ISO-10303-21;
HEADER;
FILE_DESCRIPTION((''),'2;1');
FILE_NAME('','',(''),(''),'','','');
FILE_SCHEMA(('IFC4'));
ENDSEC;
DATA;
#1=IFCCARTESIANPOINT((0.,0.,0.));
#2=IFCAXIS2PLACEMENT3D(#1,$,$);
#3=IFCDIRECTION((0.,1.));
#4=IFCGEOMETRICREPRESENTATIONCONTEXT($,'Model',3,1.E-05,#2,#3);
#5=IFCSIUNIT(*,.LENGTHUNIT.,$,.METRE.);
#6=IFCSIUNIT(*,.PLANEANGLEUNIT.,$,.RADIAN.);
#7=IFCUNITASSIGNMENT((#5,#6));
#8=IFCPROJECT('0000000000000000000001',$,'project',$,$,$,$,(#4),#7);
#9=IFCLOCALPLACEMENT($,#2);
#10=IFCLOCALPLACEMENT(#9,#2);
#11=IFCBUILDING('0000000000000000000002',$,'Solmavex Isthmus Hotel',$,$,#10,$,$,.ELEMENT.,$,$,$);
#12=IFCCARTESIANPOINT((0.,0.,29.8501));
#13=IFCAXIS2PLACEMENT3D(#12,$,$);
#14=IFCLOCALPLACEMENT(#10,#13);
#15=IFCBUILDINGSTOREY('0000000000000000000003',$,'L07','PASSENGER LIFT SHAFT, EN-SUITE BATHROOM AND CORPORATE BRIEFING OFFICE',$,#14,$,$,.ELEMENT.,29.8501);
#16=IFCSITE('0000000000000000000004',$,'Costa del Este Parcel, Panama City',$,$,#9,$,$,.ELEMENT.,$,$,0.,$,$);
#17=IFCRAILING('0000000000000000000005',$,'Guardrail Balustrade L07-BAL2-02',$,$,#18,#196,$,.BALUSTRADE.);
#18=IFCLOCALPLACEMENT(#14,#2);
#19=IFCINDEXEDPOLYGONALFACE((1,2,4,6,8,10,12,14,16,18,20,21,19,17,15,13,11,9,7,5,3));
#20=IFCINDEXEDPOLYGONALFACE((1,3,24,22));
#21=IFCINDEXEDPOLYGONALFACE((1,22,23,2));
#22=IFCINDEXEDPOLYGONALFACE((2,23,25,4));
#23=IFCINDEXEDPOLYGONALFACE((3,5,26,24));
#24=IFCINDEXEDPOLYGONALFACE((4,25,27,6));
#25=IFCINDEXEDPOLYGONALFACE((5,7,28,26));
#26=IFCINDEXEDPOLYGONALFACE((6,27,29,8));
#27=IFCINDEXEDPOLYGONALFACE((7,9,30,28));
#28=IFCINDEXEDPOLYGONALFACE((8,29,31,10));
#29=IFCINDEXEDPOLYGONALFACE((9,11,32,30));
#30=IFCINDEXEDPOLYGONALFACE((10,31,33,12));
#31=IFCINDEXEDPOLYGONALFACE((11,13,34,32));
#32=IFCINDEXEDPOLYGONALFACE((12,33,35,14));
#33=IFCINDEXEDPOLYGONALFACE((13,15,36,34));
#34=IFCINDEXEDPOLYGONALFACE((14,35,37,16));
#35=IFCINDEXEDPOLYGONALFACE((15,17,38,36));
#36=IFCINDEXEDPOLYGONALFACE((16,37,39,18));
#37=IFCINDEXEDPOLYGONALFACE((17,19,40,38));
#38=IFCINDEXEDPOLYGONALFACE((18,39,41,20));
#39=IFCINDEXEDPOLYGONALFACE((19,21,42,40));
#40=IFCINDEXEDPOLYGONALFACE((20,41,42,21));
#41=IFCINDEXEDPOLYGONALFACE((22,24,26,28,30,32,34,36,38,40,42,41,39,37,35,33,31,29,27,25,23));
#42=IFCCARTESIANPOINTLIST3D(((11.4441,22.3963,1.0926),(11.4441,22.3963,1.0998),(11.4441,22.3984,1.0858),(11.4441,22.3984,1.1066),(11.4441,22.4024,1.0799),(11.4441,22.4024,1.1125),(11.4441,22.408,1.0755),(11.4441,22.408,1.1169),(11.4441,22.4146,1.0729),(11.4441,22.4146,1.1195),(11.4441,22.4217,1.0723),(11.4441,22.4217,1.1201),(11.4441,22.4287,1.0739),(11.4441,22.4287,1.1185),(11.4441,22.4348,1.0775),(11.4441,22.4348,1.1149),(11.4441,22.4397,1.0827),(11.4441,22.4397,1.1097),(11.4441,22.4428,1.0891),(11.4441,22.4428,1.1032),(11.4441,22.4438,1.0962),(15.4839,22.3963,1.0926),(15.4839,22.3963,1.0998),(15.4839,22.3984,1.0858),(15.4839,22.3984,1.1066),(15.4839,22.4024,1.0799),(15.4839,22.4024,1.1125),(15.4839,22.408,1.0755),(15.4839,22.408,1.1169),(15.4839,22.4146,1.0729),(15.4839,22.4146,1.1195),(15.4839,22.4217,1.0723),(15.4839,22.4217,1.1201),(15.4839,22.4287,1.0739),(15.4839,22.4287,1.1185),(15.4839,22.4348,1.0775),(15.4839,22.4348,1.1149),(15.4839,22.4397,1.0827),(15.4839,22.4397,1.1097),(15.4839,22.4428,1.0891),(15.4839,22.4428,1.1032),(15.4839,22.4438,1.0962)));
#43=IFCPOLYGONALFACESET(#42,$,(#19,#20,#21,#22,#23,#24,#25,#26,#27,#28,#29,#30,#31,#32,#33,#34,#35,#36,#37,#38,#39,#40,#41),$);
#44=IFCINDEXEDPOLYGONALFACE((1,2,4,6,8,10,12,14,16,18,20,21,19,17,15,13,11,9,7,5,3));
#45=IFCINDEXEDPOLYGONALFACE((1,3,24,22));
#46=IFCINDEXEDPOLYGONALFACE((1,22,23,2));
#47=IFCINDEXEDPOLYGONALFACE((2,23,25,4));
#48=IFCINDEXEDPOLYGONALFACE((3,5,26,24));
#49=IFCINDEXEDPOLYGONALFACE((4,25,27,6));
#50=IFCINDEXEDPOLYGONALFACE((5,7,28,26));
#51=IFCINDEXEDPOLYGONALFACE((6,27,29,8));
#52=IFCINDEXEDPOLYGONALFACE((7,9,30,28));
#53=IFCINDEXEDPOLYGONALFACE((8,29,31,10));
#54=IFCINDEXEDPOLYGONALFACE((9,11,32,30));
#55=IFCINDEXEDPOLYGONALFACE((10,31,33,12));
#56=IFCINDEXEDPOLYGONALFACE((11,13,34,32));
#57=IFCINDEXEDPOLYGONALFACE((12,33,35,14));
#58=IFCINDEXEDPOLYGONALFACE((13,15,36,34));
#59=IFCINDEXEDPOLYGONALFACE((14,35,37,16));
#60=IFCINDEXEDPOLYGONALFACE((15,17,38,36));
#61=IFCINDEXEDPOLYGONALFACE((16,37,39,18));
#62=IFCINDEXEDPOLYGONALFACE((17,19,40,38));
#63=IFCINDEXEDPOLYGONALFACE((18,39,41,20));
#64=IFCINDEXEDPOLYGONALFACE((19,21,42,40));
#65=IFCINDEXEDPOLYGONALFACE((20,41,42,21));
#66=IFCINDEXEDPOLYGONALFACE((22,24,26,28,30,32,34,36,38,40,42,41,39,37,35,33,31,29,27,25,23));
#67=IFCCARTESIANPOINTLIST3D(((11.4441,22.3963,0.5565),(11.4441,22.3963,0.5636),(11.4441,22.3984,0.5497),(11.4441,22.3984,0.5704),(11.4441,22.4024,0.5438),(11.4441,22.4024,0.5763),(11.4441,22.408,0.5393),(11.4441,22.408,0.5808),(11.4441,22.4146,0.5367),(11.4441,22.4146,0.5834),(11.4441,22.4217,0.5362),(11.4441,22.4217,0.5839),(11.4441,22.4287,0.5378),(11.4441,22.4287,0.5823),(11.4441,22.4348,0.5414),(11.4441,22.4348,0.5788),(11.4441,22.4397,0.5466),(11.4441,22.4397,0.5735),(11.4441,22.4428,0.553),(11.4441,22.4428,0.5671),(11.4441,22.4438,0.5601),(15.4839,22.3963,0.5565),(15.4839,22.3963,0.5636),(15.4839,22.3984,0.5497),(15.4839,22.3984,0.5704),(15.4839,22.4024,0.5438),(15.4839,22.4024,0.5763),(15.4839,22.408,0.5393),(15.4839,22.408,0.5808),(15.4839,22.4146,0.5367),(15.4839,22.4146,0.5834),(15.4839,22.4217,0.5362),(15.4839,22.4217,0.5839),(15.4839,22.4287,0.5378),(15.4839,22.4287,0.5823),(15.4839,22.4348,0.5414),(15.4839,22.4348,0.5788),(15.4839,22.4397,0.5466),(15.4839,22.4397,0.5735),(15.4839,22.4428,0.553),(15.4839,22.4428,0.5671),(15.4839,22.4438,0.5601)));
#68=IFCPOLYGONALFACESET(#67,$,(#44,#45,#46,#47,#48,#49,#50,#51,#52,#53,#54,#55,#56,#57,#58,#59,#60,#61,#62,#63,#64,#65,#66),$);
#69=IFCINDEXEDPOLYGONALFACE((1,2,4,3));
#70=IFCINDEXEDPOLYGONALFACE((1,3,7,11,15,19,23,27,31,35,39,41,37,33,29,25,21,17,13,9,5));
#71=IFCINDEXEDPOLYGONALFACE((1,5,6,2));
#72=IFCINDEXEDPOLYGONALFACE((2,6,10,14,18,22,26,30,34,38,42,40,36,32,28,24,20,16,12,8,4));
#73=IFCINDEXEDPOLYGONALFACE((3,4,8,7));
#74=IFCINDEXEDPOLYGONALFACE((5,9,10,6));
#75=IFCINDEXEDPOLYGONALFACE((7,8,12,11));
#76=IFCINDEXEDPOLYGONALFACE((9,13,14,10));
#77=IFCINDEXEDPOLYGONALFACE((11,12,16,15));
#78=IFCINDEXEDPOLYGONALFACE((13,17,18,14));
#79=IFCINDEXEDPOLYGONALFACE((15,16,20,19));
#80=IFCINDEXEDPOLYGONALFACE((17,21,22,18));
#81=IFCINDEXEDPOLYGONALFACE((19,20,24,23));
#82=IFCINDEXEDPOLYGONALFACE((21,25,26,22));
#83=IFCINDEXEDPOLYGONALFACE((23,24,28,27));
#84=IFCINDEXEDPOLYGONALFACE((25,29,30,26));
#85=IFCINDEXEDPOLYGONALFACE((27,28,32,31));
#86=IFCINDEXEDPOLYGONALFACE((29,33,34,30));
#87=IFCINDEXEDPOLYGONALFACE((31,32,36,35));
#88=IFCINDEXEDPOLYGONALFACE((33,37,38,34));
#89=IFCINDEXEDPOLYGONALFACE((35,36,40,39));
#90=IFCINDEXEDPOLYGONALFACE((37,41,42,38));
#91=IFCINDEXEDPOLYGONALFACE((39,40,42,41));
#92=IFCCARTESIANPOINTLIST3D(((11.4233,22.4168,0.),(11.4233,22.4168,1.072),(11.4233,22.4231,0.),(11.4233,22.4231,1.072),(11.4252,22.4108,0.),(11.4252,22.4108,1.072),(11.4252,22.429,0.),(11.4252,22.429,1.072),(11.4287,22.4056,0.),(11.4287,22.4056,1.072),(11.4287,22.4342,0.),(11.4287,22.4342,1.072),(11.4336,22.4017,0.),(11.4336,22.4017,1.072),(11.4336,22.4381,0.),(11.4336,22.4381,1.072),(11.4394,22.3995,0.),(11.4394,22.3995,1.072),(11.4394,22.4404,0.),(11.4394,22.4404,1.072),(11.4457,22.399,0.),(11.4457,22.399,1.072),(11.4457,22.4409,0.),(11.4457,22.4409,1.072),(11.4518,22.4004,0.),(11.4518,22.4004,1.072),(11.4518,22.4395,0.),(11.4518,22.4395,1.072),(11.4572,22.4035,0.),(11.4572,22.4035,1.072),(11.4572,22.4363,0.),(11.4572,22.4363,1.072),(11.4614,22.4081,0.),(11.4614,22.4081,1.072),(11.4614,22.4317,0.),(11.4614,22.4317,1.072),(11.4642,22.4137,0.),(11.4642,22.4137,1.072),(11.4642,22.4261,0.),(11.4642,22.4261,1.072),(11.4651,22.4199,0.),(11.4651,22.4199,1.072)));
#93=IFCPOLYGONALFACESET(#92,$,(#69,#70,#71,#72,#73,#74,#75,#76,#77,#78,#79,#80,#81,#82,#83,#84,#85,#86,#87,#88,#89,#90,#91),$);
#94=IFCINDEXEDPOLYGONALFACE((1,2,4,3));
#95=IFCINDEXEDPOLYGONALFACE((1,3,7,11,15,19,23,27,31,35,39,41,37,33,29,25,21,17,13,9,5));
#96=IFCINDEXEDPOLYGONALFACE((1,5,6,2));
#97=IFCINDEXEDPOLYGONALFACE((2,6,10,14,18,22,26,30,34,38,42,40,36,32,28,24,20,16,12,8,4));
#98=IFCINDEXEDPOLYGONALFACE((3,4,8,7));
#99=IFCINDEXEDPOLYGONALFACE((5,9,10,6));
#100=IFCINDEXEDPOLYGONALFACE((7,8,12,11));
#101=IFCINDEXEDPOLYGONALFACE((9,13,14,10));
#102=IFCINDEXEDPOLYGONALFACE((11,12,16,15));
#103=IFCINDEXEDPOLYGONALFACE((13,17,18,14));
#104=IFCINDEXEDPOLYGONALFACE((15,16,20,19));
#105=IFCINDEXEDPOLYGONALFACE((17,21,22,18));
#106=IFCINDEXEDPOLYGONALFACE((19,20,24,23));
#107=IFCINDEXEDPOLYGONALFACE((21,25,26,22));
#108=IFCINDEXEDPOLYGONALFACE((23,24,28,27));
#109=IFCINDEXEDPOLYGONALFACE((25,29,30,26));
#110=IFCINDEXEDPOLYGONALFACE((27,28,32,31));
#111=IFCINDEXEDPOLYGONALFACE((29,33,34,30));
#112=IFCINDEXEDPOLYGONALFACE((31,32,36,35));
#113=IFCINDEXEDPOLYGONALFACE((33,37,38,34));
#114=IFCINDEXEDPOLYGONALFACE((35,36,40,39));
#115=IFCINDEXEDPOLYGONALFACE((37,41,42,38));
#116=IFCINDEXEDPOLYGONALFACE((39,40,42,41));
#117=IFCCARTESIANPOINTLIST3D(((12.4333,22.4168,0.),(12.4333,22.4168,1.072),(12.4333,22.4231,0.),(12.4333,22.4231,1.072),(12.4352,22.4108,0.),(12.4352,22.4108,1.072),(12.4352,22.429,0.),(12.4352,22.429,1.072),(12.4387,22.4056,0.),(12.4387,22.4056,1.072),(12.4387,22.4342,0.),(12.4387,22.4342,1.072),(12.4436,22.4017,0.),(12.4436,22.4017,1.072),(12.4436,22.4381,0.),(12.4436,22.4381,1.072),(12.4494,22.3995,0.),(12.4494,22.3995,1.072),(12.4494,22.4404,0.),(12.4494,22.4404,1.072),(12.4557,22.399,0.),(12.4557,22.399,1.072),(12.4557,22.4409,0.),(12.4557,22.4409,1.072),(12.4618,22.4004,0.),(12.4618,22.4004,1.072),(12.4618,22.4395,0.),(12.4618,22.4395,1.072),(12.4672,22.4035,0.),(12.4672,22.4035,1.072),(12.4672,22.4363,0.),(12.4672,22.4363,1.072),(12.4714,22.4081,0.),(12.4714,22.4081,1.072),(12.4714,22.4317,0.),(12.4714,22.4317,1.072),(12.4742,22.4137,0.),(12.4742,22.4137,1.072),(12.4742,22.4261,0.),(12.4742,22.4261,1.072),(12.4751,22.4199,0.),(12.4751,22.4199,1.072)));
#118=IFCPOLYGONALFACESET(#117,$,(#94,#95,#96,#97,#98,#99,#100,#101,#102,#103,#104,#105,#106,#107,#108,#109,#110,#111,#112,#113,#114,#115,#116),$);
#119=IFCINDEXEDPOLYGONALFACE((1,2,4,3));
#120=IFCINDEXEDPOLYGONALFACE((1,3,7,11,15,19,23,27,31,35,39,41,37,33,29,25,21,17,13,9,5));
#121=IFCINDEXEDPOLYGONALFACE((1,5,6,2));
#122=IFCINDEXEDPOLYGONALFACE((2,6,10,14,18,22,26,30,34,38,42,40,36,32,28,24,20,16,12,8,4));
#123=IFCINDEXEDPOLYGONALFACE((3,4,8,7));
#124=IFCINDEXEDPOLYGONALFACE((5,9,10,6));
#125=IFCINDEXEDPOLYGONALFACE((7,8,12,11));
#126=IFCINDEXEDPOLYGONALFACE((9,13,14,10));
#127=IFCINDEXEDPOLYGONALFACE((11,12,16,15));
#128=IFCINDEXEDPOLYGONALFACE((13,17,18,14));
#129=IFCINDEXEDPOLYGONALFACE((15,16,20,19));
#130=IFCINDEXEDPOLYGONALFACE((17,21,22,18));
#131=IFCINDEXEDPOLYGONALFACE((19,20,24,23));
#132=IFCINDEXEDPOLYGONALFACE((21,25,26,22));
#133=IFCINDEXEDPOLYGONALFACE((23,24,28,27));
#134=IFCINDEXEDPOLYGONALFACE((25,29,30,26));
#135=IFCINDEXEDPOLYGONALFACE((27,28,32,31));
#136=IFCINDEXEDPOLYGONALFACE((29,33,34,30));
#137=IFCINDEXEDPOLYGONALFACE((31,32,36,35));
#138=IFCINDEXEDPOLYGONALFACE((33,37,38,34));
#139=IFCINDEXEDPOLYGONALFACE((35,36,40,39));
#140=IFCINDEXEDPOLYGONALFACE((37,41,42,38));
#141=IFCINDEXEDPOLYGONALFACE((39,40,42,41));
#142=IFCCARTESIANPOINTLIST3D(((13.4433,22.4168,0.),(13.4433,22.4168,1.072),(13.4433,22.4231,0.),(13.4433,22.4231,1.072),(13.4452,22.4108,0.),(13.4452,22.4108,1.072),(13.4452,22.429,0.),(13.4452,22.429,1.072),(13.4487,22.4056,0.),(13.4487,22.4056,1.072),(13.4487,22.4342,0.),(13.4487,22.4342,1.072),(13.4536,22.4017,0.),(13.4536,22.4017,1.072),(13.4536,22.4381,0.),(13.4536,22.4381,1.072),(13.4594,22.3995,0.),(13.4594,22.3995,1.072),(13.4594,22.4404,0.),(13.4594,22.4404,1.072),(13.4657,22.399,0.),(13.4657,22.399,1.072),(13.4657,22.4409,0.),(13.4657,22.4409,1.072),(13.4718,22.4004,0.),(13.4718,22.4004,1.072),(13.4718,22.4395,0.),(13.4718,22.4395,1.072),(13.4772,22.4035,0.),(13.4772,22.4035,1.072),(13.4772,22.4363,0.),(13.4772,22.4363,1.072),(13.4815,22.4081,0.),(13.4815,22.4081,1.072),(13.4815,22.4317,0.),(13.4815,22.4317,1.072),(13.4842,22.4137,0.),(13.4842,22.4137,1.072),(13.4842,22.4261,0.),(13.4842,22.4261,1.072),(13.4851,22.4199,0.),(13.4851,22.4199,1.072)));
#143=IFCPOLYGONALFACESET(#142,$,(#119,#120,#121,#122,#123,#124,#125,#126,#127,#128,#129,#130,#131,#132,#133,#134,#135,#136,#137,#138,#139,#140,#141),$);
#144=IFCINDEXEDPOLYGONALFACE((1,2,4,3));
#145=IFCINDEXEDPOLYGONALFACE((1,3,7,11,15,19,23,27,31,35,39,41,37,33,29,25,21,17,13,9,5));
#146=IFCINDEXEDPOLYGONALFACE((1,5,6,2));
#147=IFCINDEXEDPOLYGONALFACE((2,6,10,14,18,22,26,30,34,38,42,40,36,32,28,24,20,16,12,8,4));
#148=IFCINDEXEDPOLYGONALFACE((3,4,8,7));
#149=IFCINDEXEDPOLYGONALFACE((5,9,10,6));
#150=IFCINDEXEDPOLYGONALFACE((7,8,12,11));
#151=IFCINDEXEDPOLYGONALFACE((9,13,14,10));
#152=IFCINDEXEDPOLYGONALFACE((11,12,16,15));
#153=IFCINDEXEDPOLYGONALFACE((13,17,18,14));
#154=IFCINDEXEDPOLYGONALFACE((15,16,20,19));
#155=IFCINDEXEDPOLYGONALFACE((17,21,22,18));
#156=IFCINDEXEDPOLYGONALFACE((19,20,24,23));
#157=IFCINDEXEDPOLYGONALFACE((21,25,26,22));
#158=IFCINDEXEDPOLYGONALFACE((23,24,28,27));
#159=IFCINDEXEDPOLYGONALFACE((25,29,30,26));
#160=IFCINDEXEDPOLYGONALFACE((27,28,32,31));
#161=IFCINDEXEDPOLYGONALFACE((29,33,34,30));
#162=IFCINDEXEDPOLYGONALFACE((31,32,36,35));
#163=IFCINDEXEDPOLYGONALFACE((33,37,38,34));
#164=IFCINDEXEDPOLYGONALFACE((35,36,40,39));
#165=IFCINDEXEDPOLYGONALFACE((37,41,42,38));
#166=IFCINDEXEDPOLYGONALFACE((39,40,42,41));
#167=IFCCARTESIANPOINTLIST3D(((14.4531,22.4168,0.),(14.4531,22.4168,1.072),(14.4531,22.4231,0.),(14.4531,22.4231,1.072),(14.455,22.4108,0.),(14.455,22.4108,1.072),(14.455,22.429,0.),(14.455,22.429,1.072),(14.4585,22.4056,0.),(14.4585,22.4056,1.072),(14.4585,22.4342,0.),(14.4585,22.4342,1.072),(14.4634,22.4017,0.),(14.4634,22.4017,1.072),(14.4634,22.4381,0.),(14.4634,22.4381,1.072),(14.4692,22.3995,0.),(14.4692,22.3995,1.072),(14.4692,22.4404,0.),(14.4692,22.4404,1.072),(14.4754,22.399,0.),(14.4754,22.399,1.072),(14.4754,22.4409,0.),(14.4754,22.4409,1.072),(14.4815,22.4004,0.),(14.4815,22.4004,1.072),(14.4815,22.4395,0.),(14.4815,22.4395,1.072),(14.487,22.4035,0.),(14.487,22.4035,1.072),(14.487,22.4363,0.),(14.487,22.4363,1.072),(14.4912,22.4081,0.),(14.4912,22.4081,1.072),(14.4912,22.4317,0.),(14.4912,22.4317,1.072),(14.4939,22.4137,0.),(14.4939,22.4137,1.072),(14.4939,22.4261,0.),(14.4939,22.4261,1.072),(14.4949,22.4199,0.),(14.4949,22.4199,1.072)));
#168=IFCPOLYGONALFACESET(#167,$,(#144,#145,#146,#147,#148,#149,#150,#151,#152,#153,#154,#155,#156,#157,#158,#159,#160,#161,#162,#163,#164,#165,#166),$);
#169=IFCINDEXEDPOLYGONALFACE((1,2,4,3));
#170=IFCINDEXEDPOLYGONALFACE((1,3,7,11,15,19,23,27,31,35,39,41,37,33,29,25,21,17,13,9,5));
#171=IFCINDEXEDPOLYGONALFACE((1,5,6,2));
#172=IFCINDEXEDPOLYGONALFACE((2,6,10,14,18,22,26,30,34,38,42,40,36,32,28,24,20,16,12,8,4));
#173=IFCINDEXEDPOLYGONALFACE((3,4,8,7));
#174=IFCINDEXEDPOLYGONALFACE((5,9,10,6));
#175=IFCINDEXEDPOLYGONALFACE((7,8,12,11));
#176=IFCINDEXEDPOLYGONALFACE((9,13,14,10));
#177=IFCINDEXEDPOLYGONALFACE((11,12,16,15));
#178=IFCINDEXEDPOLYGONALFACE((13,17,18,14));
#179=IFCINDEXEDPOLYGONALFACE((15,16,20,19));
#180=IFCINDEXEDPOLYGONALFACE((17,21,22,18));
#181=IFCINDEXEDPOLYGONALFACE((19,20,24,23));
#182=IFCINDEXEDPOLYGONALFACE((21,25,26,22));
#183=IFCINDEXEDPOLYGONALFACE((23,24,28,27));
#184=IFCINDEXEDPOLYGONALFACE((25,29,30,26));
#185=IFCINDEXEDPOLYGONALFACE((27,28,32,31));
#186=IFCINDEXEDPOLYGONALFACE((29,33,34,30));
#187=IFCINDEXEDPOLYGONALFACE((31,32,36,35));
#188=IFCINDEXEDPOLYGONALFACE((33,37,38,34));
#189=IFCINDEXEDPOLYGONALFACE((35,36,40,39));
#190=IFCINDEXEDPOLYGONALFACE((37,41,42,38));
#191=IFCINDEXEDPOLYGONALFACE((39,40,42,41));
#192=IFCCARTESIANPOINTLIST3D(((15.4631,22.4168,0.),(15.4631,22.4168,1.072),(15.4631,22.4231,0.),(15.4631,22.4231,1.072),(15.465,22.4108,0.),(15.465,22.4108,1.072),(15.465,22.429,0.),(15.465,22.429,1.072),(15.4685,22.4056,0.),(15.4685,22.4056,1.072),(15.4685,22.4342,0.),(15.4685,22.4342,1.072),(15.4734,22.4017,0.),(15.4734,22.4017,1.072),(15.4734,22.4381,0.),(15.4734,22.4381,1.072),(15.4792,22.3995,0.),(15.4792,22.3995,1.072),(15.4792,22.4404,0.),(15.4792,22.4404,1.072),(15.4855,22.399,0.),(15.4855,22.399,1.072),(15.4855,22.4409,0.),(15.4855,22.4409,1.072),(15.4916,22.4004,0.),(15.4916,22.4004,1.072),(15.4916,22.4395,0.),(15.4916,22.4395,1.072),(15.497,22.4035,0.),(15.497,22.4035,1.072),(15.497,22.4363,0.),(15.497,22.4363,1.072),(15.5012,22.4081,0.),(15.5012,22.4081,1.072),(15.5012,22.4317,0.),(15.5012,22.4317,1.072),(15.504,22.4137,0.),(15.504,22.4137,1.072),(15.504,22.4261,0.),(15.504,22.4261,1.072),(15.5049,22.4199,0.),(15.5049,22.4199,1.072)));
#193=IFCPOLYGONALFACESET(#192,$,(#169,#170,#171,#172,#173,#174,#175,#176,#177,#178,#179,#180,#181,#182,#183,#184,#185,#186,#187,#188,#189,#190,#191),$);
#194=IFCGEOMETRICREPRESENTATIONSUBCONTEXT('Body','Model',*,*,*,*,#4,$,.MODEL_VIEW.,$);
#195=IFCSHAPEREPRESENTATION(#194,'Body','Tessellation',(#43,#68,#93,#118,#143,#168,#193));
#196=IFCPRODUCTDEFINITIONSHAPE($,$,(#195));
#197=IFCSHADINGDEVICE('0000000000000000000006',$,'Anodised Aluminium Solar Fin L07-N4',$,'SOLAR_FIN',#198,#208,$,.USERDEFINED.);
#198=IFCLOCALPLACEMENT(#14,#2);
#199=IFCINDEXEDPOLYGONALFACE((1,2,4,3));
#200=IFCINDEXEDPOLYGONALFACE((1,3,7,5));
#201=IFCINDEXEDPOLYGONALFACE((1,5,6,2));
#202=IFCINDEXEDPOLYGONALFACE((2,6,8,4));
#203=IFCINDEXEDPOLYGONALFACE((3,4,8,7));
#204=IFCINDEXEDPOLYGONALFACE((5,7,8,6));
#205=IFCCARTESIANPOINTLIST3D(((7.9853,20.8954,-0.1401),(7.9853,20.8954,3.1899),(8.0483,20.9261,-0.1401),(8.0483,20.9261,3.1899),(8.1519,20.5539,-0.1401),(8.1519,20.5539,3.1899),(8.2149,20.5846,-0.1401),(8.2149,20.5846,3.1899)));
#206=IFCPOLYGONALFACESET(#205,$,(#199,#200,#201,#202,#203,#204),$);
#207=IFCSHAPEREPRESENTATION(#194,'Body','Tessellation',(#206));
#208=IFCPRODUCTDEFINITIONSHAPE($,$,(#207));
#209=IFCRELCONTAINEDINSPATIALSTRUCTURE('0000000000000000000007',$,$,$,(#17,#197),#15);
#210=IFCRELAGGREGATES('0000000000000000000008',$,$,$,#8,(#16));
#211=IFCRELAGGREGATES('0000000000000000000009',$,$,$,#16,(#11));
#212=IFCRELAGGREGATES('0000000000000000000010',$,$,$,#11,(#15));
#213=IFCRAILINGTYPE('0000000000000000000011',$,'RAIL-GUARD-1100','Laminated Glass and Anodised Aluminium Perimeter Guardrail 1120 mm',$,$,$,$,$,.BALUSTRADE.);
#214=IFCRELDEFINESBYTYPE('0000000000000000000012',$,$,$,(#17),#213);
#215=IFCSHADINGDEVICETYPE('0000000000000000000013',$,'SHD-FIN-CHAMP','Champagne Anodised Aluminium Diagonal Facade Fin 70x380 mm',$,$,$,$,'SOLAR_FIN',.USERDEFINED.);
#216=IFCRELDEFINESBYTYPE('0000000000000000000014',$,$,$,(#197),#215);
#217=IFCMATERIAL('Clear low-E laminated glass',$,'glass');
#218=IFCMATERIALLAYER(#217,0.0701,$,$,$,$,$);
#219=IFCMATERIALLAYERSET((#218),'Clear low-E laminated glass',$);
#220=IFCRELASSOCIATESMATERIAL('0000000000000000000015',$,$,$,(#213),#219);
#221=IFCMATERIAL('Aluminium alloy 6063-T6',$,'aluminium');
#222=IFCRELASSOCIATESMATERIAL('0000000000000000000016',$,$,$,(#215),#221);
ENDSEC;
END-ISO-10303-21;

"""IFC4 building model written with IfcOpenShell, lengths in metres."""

from ifc_helpers import new_model, si_unit, direction, frame, origin, origin_2d, place, context, subcontext, project, spatial, rectangle, circle, extrude, material, layer, layer_set, type_object, element, save


model = new_model("IFC4")

# Units and contexts
model_context = context("Model", 3, precision=1e-05, world=origin(), true_north=direction((0.0, 1.0)))
body_context = subcontext(model_context, "Body", "Model", "MODEL_VIEW")
ifc_project = project(units=[si_unit("LENGTHUNIT", "METRE"), si_unit("PLANEANGLEUNIT", "RADIAN")], contexts=[model_context])

# Site, building, storey
site_placement = place(None, origin())
site = spatial("IfcSite", under=ifc_project, at=site_placement, Name="Costa del Este Parcel, Panama City", CompositionType="ELEMENT", RefElevation=0.0)
building_placement = place(site_placement, origin())
building = spatial("IfcBuilding", under=site, at=building_placement, Name="Solmavex Isthmus Hotel", CompositionType="ELEMENT")
storey_placement = place(building_placement, frame((0.0, 0.0, 29.8501)))
storey = spatial("IfcBuildingStorey", under=building, at=storey_placement, Name="L07", Description="PASSENGER LIFT SHAFT, EN-SUITE BATHROOM AND CORPORATE BRIEFING OFFICE", CompositionType="ELEMENT", Elevation=29.8501)

# Shared definitions
ifc_material_1 = material(Name="Aluminium alloy 6063-T6", Category="aluminium")

# Shared definitions
ifc_material_2 = material(Name="Clear low-E laminated glass", Category="glass")

# Railing
ifc_layer_1 = layer(ifc_material_2, 0.0701)
ifc_layer_set_1 = layer_set([ifc_layer_1], Name="Clear low-E laminated glass")
railing_type = type_object("IfcRailingType", Name="RAIL-GUARD-1100", Description="Laminated Glass and Anodised Aluminium Perimeter Guardrail 1120 mm", PredefinedType="BALUSTRADE", material=ifc_layer_set_1)
railing_1_placement = place(storey_placement, frame((11.4441, 22.4199, 0.0)))
element("IfcRailing", 1, at=railing_1_placement, inside=storey, type_object=railing_type, Name="Guardrail Balustrade L07-BAL2-02", PredefinedType="BALUSTRADE", context=body_context, shape_type="SweptSolid", body=[
    extrude(circle(Radius=0.0239, at=origin_2d()), frame((0.0, 0.0, 1.0962), z_axis=(1.0, 0.0, 0.0), x_axis=(0.0, 1.0, 0.0)), (0.0, 0.0, 1.0), 4.0398),
    extrude(circle(Radius=0.0239, at=origin_2d()), frame((0.0, 0.0, 0.5601), z_axis=(1.0, 0.0, 0.0), x_axis=(0.0, 1.0, 0.0)), (0.0, 0.0, 1.0), 4.0398),
    extrude(circle(Radius=0.021, at=origin_2d()), origin(), (0.0, 0.0, 1.0), 1.072),
    extrude(circle(Radius=0.021, at=origin_2d()), frame((1.01, 0.0, 0.0)), (0.0, 0.0, 1.0), 1.072),
    extrude(circle(Radius=0.021, at=origin_2d()), frame((2.02, 0.0, 0.0)), (0.0, 0.0, 1.0), 1.072),
    extrude(circle(Radius=0.021, at=origin_2d()), frame((3.0298, 0.0, 0.0)), (0.0, 0.0, 1.0), 1.072),
    extrude(circle(Radius=0.021, at=origin_2d()), frame((4.0398, 0.0, 0.0)), (0.0, 0.0, 1.0), 1.072),
])

# Shading device
shading_device_type = type_object("IfcShadingDeviceType", Name="SHD-FIN-CHAMP", Description="Champagne Anodised Aluminium Diagonal Facade Fin 70x380 mm", ElementType="SOLAR_FIN", PredefinedType="USERDEFINED", material=ifc_material_1)
shading_device_placement = place(storey_placement, frame((8.1001, 20.74, -0.1401), z_axis=(0.0, 0.0, 1.0), x_axis=(-0.438371, 0.898794, 0.0)))
element("IfcShadingDevice", 2, at=shading_device_placement, inside=storey, type_object=shading_device_type, Name="Anodised Aluminium Solar Fin L07-N4", ObjectType="SOLAR_FIN", PredefinedType="USERDEFINED", context=body_context, shape_type="SweptSolid", body=[
    extrude(rectangle(XDim=0.3799, YDim=0.0701, at=origin_2d()), origin(), (0.0, 0.0, 1.0), 3.3301),
])

save(model, "model.ifc")
